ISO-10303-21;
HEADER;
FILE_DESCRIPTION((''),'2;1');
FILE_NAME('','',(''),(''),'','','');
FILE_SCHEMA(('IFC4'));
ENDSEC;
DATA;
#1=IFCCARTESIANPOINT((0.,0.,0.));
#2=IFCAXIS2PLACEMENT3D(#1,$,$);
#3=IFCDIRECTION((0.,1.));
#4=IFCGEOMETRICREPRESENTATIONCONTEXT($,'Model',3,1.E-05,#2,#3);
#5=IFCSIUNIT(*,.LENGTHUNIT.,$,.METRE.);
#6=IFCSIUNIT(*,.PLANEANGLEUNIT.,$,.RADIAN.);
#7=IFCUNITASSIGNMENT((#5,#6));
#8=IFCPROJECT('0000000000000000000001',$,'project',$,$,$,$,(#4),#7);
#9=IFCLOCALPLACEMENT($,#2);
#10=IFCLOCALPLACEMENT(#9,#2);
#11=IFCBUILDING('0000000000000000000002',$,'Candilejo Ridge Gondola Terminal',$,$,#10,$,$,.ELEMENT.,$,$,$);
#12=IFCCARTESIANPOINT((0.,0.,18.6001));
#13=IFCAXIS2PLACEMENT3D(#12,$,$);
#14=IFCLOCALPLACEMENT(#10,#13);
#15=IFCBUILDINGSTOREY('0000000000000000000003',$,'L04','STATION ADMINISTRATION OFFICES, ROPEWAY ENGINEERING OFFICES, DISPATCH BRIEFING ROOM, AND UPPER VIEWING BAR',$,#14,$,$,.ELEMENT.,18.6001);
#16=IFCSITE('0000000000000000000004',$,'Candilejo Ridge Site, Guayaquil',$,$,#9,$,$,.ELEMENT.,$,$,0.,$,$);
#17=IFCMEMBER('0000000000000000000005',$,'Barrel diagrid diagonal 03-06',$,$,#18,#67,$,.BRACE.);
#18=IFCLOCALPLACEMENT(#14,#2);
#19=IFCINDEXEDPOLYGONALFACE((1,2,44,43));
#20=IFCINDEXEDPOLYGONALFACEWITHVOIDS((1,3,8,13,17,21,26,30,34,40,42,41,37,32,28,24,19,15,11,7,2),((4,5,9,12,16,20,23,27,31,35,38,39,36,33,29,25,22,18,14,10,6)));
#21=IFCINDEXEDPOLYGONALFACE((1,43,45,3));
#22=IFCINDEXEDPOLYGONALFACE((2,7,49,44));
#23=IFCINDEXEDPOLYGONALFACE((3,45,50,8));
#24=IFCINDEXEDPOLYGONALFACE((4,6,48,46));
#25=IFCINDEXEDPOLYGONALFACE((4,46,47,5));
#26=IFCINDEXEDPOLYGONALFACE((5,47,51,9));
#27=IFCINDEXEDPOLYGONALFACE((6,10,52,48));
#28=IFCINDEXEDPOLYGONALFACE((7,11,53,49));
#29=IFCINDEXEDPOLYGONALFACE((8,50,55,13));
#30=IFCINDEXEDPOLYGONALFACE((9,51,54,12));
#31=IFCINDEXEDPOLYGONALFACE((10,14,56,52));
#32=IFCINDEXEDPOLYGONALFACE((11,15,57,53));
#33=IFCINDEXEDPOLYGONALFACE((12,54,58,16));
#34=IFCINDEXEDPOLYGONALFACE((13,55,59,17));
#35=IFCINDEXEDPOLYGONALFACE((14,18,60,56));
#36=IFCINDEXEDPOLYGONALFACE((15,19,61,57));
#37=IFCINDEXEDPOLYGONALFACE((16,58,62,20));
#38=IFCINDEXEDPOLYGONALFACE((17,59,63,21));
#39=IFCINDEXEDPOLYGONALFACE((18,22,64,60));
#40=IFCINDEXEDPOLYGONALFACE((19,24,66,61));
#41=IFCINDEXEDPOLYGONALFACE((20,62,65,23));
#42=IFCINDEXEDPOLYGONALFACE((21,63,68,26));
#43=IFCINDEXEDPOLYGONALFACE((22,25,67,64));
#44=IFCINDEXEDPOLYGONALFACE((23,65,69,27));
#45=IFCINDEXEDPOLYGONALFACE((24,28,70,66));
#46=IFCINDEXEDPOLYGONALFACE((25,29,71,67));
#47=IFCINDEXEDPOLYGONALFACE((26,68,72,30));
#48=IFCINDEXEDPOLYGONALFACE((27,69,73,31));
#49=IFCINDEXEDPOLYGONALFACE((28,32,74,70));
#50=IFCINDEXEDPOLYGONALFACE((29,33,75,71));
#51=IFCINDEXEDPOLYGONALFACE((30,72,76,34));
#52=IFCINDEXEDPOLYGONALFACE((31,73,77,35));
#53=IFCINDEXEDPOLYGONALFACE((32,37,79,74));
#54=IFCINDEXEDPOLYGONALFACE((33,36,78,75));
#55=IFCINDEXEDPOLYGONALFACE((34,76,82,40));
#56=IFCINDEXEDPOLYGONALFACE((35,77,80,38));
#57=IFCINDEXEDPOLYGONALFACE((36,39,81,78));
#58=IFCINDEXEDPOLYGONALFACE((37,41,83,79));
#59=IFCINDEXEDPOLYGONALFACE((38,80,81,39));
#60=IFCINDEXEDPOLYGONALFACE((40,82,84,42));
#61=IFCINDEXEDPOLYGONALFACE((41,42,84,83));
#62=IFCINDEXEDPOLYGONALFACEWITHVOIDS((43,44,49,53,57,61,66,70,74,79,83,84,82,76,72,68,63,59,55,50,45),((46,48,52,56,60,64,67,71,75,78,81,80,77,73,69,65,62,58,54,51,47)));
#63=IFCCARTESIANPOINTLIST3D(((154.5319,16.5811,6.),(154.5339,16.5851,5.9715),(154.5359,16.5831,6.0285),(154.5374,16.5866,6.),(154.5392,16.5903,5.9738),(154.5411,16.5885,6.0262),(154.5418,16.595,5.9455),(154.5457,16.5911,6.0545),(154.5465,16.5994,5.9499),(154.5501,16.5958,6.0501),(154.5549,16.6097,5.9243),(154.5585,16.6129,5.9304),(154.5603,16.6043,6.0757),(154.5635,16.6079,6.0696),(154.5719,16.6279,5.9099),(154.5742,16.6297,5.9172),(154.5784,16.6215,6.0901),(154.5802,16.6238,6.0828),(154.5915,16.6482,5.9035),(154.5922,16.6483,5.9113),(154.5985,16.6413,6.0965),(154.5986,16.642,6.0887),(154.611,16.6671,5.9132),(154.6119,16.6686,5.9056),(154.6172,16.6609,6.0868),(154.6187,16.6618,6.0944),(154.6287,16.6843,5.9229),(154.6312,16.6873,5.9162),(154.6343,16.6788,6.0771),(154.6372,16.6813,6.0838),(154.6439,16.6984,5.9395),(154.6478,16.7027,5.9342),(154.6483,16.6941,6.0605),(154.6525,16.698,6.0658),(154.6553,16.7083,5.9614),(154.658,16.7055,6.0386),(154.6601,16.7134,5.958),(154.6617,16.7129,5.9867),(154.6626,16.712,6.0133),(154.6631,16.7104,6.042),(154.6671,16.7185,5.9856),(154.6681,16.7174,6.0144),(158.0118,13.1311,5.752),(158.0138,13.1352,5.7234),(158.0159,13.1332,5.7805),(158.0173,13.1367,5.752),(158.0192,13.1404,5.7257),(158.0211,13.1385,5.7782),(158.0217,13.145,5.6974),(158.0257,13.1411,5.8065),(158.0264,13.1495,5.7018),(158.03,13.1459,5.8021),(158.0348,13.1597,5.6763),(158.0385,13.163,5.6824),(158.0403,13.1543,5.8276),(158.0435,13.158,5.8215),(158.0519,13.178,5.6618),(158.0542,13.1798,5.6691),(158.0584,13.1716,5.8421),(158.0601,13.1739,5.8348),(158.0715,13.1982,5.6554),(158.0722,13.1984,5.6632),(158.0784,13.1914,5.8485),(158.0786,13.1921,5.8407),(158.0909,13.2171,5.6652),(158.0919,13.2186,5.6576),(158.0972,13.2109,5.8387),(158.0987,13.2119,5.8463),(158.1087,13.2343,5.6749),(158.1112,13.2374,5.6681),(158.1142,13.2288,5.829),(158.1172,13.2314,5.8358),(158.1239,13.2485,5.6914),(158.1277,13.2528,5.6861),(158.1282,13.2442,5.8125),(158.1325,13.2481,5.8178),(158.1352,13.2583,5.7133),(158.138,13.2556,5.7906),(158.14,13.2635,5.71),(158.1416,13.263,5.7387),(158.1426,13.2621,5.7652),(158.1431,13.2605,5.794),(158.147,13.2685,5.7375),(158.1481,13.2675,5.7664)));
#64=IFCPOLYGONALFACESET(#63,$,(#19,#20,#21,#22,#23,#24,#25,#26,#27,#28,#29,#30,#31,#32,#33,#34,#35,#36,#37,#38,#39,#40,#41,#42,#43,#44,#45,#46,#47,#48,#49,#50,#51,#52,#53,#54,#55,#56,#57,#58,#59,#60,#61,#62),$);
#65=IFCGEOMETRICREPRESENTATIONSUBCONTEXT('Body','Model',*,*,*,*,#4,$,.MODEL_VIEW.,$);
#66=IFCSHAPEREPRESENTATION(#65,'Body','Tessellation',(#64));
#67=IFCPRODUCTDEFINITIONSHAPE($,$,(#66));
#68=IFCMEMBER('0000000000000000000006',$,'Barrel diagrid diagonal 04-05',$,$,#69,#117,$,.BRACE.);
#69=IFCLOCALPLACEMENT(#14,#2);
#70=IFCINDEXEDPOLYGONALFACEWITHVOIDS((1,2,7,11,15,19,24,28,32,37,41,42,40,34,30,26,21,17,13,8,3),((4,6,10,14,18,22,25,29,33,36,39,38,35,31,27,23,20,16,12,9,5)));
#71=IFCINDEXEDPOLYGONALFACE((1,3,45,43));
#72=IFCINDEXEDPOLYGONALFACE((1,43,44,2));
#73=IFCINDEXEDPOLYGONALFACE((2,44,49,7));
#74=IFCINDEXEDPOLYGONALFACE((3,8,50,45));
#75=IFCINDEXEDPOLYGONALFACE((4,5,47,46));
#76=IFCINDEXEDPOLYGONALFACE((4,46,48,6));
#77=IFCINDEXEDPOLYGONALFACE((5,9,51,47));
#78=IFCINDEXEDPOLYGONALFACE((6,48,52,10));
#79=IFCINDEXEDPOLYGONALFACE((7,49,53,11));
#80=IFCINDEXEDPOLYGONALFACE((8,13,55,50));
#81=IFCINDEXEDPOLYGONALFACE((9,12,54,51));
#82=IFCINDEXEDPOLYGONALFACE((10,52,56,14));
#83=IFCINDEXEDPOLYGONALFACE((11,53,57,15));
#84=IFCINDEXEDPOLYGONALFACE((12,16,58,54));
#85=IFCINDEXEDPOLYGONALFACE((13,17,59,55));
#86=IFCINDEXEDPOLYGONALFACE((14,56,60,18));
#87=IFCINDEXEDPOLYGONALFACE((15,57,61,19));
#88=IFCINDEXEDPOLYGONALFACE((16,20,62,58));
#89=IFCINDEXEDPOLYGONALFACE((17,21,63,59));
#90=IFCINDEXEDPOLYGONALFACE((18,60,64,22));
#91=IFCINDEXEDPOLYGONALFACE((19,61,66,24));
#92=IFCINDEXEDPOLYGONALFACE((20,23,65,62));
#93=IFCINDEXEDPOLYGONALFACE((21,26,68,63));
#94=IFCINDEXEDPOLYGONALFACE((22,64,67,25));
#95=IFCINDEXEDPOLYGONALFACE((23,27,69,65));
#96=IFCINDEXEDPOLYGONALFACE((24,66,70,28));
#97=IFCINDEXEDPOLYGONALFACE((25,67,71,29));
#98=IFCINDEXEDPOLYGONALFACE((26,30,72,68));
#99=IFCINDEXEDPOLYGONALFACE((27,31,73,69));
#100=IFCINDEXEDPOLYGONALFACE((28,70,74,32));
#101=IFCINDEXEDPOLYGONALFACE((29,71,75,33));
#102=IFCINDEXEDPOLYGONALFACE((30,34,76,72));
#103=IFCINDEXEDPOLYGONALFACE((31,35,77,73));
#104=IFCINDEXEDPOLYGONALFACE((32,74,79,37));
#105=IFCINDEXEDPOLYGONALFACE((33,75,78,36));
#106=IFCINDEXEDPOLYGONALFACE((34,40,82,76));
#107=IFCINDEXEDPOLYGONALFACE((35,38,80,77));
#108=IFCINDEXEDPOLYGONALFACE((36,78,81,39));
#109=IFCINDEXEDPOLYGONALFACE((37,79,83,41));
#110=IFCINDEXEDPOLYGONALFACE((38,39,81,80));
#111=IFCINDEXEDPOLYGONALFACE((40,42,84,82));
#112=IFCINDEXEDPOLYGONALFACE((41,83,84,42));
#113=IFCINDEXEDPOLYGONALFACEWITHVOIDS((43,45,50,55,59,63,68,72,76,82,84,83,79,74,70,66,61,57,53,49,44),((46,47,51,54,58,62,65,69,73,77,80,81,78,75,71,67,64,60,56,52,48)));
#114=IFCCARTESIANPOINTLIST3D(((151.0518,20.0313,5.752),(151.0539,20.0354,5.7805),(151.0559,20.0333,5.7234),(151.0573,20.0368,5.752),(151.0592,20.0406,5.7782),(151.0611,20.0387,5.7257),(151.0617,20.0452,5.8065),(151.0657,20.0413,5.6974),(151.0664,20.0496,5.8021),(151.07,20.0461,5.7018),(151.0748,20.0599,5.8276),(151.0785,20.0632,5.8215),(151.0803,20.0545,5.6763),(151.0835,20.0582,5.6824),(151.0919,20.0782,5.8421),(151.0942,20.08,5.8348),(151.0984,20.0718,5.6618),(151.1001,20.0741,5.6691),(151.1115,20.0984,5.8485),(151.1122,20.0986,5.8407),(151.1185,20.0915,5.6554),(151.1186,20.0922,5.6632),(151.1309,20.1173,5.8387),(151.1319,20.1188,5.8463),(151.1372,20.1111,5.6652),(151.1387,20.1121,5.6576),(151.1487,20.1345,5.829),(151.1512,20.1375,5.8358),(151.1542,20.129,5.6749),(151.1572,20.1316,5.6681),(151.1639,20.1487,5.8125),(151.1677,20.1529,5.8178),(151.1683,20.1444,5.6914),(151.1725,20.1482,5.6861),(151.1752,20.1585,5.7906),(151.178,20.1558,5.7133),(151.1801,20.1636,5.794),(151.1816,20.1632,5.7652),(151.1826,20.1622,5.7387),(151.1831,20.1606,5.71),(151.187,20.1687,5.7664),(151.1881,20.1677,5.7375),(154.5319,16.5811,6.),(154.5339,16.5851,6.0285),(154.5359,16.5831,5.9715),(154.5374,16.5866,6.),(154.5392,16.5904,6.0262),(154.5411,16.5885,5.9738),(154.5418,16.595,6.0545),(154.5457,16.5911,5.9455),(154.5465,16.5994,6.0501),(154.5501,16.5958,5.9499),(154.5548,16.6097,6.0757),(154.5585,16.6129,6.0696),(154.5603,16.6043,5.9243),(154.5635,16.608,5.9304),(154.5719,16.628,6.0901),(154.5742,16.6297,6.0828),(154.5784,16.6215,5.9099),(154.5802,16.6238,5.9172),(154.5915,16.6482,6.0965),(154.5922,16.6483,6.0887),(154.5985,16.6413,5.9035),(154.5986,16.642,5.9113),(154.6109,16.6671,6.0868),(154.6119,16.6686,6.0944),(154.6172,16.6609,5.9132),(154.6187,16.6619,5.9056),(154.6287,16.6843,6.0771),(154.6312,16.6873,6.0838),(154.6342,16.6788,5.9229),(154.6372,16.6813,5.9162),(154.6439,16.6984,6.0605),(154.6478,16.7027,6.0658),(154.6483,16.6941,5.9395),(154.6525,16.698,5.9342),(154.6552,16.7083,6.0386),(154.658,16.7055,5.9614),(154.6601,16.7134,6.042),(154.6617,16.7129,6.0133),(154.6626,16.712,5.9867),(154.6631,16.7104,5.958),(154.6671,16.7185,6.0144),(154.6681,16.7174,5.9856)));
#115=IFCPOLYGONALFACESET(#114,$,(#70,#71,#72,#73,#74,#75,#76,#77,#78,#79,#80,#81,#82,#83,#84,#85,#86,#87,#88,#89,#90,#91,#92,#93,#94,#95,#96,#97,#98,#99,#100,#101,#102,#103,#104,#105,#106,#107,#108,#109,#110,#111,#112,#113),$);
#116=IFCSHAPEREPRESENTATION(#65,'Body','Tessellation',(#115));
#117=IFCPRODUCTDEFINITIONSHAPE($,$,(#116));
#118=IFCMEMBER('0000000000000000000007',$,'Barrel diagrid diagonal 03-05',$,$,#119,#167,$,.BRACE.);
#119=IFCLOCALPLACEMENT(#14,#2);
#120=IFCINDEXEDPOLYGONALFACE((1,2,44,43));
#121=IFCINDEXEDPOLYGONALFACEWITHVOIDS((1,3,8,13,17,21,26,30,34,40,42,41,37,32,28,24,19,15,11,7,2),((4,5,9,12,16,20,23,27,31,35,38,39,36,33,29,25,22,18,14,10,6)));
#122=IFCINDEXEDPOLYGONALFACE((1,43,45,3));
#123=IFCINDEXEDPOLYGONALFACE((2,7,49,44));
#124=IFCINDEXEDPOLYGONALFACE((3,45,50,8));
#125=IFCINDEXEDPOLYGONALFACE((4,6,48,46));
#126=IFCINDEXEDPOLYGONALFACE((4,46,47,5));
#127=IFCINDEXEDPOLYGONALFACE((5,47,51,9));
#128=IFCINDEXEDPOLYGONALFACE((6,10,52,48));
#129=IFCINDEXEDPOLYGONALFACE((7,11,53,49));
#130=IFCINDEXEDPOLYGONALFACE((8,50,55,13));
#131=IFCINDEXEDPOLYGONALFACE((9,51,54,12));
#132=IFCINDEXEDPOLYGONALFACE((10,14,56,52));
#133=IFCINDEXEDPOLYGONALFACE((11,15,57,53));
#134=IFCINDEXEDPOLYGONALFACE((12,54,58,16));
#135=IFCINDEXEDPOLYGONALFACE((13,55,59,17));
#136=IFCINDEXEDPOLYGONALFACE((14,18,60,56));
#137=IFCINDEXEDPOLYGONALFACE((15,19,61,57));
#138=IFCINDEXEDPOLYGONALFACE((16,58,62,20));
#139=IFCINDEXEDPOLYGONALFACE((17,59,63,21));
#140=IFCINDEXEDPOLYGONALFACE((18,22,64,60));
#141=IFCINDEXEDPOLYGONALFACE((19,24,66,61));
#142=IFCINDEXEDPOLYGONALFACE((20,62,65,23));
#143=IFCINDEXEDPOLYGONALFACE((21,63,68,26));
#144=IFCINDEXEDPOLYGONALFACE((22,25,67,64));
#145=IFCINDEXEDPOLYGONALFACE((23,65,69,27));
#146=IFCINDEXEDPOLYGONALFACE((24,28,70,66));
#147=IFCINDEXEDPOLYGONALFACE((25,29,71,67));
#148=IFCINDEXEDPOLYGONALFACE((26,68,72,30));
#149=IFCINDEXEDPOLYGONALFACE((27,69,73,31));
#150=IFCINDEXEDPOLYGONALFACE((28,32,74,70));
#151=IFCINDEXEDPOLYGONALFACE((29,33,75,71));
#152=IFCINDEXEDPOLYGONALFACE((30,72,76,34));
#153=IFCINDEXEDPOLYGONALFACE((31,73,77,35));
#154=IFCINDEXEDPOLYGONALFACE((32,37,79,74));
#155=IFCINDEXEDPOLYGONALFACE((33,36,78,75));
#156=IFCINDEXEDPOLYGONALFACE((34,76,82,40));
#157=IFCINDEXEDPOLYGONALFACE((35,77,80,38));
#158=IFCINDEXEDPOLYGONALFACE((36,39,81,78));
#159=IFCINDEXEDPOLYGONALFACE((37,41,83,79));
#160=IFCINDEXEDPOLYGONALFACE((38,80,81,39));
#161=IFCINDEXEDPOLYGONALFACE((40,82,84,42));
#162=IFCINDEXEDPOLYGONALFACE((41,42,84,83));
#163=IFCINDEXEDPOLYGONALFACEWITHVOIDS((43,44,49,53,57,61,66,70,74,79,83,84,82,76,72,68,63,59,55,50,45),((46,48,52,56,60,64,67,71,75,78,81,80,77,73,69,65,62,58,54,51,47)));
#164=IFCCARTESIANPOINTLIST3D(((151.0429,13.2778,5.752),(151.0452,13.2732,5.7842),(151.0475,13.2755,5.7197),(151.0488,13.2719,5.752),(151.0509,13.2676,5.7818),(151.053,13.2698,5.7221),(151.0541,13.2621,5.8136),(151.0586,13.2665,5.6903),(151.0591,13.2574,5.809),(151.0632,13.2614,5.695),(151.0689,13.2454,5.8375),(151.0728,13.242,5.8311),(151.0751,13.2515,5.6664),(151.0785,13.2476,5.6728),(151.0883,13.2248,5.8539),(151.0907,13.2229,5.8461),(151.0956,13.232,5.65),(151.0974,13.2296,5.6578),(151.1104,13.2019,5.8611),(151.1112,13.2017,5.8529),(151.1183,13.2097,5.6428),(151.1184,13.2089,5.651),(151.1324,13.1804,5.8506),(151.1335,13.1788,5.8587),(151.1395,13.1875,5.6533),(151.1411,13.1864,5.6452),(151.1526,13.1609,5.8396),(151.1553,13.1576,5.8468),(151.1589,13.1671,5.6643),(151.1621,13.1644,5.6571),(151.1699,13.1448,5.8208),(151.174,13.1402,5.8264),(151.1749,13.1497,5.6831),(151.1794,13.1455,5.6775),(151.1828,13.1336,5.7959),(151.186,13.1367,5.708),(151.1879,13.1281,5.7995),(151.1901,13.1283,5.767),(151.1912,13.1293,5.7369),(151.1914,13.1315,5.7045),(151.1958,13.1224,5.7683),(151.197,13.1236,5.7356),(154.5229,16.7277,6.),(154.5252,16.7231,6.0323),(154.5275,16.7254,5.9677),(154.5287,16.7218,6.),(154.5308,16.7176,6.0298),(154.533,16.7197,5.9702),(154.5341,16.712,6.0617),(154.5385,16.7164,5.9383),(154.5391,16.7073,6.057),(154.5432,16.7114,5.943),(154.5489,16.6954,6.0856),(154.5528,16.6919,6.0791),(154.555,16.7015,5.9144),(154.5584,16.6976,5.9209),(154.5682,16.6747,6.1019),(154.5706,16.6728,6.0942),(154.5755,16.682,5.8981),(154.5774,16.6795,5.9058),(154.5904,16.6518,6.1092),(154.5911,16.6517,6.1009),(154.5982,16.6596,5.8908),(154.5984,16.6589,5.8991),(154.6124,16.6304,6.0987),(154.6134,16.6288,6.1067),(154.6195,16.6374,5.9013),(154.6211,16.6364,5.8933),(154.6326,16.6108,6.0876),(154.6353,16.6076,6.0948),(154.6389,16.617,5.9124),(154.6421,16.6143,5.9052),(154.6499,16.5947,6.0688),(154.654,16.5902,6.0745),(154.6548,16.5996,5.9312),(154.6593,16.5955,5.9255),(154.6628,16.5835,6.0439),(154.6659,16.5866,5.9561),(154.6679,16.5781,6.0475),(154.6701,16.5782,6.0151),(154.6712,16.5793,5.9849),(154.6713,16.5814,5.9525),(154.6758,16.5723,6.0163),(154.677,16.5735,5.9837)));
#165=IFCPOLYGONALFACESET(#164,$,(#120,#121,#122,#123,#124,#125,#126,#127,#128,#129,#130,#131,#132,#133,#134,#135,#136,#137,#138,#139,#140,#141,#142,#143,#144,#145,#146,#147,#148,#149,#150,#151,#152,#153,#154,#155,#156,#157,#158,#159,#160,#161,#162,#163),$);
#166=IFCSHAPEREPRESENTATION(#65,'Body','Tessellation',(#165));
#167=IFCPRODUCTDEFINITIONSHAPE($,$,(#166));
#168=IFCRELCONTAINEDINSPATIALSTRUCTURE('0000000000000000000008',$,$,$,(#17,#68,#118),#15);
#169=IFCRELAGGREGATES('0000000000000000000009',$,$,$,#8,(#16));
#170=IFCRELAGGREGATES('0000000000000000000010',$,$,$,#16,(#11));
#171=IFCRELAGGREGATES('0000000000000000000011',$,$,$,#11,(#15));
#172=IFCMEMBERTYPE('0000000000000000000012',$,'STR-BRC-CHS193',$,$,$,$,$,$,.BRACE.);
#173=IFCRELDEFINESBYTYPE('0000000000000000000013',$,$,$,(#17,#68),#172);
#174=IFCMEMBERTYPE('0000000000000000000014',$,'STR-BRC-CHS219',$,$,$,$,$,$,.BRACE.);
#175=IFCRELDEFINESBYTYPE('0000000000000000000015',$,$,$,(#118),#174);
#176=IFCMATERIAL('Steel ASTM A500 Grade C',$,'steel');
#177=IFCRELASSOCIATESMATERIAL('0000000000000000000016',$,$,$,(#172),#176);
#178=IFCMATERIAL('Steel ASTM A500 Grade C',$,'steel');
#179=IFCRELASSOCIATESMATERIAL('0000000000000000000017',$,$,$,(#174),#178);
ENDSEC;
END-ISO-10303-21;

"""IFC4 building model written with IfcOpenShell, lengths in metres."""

from ifc_helpers import new_model, si_unit, direction, frame, origin, origin_2d, place, context, subcontext, project, spatial, hollow_circle, extrude, material, material_profile, profile_set, type_object, element, save


model = new_model("IFC4")

# Units and contexts
model_context = context("Model", 3, precision=1e-05, world=origin(), true_north=direction((0.0, 1.0)))
body_context = subcontext(model_context, "Body", "Model", "MODEL_VIEW")
ifc_project = project(units=[si_unit("LENGTHUNIT", "METRE"), si_unit("PLANEANGLEUNIT", "RADIAN")], contexts=[model_context])

# Site, building, storey
site_placement = place(None, origin())
site = spatial("IfcSite", under=ifc_project, at=site_placement, Name="Candilejo Ridge Site, Guayaquil", CompositionType="ELEMENT", RefElevation=0.0)
building_placement = place(site_placement, origin())
building = spatial("IfcBuilding", under=site, at=building_placement, Name="Candilejo Ridge Gondola Terminal", CompositionType="ELEMENT")
storey_placement = place(building_placement, frame((0.0, 0.0, 18.6001)))
storey = spatial("IfcBuildingStorey", under=building, at=storey_placement, Name="L04", Description="STATION ADMINISTRATION OFFICES, ROPEWAY ENGINEERING OFFICES, DISPATCH BRIEFING ROOM, AND UPPER VIEWING BAR", CompositionType="ELEMENT", Elevation=18.6001)

# Members
ifc_material_1 = material(Name="Steel ASTM A500 Grade C", Category="steel")
ifc_material_profile_1 = material_profile(ifc_material_1, hollow_circle(Radius=0.0969, WallThickness=0.0078, at=origin_2d()))
ifc_profile_set_1 = profile_set([ifc_material_profile_1], Name="Steel ASTM A500 Grade C")
member_type_1 = type_object("IfcMemberType", Name="STR-BRC-CHS193", PredefinedType="BRACE", material=ifc_profile_set_1)
member_1_placement = place(storey_placement, frame((158.0801, 13.2, 5.752), z_axis=(-0.709256, 0.703136, 0.050555), x_axis=(-0.704036, -0.710164, 0.0)))
element("IfcMember", 1, at=member_1_placement, inside=storey, type_object=member_type_1, Name="Barrel diagrid diagonal 03-06", PredefinedType="BRACE", context=body_context, shape_type="SweptSolid", body=[
    extrude(hollow_circle(Radius=0.0969, WallThickness=0.0078, at=origin_2d()), origin(), (0.0, 0.0, 1.0), 4.9065),
])
member_2_placement = place(storey_placement, frame((154.6001, 16.6499, 6.0), z_axis=(-0.709231, 0.703161, -0.050553), x_axis=(-0.704061, -0.710139, 0.0)))
element("IfcMember", 2, at=member_2_placement, inside=storey, type_object=member_type_1, Name="Barrel diagrid diagonal 04-05", PredefinedType="BRACE", context=body_context, shape_type="SweptSolid", body=[
    extrude(hollow_circle(Radius=0.0969, WallThickness=0.0078, at=origin_2d()), origin(), (0.0, 0.0, 1.0), 4.9067),
])
ifc_material_2 = material(Name="Steel ASTM A500 Grade C", Category="steel")
ifc_material_profile_2 = material_profile(ifc_material_2, hollow_circle(Radius=0.1096, WallThickness=0.0083, at=origin_2d()))
ifc_profile_set_2 = profile_set([ifc_material_profile_2], Name="Steel ASTM A500 Grade C")
member_type_2 = type_object("IfcMemberType", Name="STR-BRC-CHS219", PredefinedType="BRACE", material=ifc_profile_set_2)
member_3_placement = place(storey_placement, frame((151.1201, 13.2, 5.752), z_axis=(0.709256, 0.703136, 0.050555), x_axis=(-0.704036, 0.710164, 0.0)))
element("IfcMember", 3, at=member_3_placement, inside=storey, type_object=member_type_2, Name="Barrel diagrid diagonal 03-05", PredefinedType="BRACE", context=body_context, shape_type="SweptSolid", body=[
    extrude(hollow_circle(Radius=0.1096, WallThickness=0.0083, at=origin_2d()), origin(), (0.0, 0.0, 1.0), 4.9065),
])

save(model, "model.ifc")
